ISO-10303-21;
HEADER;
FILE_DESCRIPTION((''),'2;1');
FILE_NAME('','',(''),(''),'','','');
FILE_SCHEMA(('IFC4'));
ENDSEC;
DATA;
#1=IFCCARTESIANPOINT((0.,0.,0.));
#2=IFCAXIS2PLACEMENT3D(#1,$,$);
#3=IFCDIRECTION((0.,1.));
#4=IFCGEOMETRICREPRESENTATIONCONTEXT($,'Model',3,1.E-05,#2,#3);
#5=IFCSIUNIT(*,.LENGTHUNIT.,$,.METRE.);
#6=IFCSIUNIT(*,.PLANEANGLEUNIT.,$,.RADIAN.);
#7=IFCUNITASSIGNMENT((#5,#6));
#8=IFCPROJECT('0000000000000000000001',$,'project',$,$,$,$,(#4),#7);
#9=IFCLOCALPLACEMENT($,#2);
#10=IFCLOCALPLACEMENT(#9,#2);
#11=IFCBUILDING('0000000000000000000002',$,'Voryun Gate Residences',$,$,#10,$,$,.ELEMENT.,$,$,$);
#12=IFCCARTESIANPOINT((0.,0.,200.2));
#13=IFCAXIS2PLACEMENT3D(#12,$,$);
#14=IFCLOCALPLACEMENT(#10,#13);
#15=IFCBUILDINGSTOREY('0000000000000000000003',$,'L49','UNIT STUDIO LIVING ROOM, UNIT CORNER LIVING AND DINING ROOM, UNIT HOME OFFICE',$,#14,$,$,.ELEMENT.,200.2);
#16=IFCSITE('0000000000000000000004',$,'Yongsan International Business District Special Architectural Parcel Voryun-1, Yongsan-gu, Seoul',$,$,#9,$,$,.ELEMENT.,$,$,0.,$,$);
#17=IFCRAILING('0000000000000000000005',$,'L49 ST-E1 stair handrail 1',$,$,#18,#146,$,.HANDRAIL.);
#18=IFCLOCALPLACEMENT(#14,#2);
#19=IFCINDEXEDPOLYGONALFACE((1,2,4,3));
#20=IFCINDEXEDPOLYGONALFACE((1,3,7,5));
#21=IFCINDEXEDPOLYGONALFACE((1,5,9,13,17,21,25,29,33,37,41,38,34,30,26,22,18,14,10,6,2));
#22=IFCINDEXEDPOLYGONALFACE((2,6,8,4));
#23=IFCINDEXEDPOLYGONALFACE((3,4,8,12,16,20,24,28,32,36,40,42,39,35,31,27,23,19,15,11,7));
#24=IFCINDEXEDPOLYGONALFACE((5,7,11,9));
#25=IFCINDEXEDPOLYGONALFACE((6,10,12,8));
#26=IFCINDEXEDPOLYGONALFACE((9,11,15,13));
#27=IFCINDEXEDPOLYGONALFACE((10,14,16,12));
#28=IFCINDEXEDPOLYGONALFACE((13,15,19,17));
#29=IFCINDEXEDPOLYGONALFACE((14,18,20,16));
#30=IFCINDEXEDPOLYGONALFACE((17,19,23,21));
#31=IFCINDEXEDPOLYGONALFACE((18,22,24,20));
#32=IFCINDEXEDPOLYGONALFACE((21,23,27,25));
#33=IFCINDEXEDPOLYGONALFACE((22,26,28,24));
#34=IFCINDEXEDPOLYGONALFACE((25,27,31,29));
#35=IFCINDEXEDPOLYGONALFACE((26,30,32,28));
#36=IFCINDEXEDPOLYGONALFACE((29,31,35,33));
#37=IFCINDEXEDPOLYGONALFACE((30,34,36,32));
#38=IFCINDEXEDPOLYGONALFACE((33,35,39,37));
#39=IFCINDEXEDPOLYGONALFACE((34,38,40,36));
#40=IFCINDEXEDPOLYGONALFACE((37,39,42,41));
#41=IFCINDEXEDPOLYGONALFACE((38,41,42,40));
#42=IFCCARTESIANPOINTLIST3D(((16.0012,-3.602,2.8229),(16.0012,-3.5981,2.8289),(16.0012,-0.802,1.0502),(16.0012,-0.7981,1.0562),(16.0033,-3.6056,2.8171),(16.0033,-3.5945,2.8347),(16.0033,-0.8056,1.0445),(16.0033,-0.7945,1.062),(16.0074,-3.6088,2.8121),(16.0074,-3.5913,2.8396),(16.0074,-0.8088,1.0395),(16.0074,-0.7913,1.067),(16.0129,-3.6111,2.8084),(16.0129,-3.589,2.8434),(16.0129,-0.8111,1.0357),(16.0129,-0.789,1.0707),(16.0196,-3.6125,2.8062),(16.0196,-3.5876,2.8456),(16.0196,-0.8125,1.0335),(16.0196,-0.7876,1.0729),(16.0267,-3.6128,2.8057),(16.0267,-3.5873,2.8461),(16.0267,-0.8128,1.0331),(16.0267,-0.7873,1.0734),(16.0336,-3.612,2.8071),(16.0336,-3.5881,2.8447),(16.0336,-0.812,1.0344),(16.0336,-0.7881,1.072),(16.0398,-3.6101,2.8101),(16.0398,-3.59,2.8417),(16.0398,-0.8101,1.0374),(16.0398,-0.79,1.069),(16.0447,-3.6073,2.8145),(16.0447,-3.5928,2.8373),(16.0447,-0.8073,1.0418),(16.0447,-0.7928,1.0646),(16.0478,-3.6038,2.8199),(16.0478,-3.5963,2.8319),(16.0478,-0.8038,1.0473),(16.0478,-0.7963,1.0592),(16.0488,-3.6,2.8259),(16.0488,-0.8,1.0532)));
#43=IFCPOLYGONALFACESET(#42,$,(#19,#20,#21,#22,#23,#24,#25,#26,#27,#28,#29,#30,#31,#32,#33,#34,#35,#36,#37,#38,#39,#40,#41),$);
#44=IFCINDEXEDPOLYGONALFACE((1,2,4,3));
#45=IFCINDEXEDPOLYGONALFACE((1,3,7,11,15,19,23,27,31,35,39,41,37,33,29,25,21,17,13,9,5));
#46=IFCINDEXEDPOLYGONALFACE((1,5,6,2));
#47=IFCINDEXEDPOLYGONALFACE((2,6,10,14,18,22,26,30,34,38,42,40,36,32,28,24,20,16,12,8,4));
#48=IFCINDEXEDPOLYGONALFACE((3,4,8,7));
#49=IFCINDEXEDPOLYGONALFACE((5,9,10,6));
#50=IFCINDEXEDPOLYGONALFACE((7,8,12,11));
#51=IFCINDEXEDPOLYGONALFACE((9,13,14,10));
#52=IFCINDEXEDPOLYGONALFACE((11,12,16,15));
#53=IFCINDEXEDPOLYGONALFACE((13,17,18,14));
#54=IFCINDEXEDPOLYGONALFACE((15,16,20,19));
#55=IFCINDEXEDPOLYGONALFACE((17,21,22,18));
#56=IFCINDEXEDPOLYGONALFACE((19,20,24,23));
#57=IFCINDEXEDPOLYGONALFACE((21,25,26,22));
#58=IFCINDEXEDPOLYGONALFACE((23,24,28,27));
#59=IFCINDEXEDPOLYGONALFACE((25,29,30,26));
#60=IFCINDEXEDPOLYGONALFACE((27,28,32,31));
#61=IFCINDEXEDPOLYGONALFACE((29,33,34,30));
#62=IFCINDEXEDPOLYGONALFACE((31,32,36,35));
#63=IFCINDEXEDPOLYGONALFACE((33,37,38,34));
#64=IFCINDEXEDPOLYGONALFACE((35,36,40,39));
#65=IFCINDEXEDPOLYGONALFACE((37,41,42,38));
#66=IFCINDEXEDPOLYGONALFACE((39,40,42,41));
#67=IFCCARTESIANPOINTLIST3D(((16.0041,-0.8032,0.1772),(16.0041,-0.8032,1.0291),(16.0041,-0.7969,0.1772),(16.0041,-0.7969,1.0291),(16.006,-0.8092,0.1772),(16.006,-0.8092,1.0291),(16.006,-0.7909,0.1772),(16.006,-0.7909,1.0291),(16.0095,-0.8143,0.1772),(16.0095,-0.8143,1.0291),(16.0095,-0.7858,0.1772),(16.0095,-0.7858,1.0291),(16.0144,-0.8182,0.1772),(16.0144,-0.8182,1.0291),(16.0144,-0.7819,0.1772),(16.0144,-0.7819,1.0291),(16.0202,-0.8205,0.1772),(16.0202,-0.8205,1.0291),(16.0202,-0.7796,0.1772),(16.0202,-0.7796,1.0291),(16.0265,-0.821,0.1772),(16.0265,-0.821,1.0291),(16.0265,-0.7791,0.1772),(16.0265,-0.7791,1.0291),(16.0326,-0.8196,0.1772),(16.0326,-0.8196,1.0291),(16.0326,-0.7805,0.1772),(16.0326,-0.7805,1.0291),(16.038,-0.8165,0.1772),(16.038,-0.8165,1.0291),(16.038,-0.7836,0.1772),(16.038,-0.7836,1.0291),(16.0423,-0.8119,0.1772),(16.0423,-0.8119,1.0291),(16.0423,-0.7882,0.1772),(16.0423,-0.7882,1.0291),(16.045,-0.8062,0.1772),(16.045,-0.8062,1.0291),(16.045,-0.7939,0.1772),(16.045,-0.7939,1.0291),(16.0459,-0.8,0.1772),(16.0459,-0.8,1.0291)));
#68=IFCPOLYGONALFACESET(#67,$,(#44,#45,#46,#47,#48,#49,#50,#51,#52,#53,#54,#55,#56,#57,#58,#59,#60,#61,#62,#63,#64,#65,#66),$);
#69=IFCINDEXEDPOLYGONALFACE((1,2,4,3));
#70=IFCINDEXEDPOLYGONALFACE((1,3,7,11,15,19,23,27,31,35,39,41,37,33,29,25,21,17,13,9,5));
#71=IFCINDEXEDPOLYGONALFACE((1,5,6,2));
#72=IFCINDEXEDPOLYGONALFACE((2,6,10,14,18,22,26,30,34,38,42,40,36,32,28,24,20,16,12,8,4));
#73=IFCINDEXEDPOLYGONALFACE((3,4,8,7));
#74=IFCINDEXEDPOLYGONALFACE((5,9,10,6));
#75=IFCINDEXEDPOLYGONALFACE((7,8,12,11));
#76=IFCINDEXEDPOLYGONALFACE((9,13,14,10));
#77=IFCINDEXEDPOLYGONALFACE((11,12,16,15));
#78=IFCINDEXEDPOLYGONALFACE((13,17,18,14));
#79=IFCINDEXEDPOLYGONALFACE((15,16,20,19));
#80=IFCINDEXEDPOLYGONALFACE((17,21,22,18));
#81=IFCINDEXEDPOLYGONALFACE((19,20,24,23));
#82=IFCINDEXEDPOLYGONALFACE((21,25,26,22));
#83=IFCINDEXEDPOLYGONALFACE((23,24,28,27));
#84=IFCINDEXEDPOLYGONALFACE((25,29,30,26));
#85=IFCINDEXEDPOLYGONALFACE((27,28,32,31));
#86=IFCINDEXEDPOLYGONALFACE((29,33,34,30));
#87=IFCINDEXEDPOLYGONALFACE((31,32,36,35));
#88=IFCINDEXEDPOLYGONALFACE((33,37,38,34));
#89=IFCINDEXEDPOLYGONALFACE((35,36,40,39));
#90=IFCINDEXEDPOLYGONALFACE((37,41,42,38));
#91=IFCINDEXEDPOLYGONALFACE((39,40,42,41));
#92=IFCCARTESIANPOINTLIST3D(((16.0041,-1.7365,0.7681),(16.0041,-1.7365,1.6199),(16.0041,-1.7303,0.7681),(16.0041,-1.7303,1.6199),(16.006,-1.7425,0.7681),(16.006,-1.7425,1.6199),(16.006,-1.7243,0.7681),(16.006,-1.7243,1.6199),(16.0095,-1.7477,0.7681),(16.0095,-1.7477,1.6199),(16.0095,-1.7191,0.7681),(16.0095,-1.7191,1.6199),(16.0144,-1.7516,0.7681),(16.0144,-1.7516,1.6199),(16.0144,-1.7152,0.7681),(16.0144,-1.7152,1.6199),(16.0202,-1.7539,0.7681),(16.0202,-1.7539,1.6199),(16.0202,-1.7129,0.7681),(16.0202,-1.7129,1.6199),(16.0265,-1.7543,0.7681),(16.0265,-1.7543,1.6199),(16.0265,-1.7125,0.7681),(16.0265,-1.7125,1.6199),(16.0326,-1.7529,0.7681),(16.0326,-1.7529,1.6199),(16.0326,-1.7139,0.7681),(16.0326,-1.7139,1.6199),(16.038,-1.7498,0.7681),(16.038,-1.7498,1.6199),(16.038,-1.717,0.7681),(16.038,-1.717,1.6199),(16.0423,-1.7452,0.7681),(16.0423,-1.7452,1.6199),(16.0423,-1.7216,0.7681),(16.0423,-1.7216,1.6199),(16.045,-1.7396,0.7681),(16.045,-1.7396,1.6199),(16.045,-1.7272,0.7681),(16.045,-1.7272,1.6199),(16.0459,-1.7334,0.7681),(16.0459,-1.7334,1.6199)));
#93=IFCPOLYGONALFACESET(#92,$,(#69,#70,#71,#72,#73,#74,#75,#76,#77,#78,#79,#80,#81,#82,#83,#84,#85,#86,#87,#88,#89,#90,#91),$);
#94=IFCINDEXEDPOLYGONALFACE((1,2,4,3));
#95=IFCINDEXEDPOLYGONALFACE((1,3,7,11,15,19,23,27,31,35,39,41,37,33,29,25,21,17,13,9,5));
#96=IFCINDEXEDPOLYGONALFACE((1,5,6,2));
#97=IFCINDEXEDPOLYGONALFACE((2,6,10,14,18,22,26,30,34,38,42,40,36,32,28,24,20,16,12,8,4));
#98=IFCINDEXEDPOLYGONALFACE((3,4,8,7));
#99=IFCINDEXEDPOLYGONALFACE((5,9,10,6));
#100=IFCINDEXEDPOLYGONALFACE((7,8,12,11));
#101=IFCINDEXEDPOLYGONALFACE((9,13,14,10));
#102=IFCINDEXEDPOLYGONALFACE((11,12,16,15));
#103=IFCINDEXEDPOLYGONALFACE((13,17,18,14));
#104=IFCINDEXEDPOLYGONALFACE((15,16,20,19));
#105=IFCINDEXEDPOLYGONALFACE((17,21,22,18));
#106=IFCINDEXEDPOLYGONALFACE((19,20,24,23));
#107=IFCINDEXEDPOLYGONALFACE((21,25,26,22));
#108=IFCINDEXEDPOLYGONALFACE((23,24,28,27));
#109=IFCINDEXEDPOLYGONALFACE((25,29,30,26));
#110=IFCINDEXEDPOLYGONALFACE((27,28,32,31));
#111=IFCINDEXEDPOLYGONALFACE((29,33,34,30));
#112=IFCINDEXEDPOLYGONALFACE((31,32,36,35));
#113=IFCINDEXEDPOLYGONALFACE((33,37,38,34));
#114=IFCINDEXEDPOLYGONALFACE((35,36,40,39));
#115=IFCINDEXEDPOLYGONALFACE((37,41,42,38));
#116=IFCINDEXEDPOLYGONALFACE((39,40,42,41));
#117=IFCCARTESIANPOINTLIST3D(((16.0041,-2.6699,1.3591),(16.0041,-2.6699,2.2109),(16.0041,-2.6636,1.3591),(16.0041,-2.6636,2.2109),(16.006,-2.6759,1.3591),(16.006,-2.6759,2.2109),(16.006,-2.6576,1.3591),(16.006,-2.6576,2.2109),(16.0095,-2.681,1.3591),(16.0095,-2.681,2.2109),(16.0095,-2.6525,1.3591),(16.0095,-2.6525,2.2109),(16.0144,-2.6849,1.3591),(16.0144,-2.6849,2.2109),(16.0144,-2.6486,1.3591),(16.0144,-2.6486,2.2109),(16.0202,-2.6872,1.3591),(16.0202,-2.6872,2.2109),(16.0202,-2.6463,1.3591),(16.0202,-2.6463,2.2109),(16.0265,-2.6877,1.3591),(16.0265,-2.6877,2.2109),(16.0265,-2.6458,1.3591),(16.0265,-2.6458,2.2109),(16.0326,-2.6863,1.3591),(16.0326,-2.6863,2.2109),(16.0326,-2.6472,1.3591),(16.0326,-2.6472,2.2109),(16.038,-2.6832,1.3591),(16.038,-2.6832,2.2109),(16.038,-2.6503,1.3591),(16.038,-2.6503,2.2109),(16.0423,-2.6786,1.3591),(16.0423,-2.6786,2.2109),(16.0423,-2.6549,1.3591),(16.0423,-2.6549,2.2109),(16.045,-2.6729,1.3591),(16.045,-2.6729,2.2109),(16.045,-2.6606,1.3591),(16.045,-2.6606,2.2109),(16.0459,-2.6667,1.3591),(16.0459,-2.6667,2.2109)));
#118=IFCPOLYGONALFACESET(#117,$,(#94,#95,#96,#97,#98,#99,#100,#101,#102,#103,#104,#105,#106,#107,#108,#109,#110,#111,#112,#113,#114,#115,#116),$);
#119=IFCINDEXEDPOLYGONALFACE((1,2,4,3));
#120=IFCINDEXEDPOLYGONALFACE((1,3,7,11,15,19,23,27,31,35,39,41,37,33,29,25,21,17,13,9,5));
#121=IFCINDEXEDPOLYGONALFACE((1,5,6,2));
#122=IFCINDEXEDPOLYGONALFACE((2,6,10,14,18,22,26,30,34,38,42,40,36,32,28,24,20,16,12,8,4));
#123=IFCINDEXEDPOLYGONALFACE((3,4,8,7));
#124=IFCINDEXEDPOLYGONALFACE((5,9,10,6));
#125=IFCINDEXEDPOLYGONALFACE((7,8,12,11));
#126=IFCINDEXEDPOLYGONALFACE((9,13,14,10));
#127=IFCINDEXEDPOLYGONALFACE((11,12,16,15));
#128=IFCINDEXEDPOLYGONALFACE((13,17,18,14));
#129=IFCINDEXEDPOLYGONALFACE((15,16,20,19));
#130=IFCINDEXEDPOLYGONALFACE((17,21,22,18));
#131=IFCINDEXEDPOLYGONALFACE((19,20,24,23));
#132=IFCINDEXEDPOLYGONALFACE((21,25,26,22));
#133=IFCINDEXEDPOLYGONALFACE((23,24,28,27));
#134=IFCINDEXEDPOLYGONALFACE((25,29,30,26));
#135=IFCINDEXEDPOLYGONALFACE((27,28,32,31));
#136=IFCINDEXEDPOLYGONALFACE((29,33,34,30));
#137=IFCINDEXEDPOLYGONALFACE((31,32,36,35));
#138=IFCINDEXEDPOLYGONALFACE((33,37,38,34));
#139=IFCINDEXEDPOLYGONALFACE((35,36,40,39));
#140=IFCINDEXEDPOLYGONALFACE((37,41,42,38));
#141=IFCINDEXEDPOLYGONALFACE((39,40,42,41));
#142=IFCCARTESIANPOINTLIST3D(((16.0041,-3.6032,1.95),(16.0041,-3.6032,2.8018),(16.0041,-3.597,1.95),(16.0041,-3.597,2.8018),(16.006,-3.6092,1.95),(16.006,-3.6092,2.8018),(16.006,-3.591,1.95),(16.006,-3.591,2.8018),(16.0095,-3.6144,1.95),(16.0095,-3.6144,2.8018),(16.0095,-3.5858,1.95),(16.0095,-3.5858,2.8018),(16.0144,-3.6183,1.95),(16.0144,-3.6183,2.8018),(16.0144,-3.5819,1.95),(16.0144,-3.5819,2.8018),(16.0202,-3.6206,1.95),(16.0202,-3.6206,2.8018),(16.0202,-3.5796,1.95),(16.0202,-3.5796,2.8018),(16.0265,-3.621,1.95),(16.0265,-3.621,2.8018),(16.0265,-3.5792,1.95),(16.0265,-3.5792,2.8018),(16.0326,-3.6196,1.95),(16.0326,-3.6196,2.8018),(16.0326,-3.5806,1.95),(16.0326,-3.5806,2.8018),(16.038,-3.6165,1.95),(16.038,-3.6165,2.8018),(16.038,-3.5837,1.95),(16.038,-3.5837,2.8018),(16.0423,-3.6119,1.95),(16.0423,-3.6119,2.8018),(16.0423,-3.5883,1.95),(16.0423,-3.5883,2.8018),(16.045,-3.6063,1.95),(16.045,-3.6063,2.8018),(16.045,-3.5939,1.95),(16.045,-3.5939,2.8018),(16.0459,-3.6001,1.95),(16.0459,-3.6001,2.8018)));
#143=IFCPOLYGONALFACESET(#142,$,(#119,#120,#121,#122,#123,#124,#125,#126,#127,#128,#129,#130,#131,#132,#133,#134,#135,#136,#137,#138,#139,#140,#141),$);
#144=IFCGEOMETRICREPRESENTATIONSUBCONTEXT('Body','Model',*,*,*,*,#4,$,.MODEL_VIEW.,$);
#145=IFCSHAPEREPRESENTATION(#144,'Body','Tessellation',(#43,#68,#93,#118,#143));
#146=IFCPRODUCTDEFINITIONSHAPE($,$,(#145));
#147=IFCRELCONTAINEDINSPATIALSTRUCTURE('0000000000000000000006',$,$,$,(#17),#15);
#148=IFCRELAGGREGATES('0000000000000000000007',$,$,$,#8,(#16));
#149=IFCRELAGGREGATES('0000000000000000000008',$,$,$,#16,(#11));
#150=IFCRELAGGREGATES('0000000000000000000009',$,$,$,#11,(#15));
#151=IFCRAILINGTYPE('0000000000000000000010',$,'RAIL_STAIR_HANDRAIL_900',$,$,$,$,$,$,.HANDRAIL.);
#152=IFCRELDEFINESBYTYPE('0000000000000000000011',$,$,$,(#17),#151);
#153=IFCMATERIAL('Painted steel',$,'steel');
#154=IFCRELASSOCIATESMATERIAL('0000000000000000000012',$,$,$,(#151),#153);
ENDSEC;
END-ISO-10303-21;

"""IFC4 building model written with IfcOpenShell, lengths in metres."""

from ifc_helpers import new_model, si_unit, direction, frame, origin, origin_2d, place, context, subcontext, project, spatial, circle, extrude, material, type_object, element, save


model = new_model("IFC4")

# Units and contexts
model_context = context("Model", 3, precision=1e-05, world=origin(), true_north=direction((0.0, 1.0)))
body_context = subcontext(model_context, "Body", "Model", "MODEL_VIEW")
ifc_project = project(units=[si_unit("LENGTHUNIT", "METRE"), si_unit("PLANEANGLEUNIT", "RADIAN")], contexts=[model_context])

# Site, building, storey
site_placement = place(None, origin())
site = spatial("IfcSite", under=ifc_project, at=site_placement, Name="Yongsan International Business District Special Architectural Parcel Voryun-1, Yongsan-gu, Seoul", CompositionType="ELEMENT", RefElevation=0.0)
building_placement = place(site_placement, origin())
building = spatial("IfcBuilding", under=site, at=building_placement, Name="Voryun Gate Residences", CompositionType="ELEMENT")
storey_placement = place(building_placement, frame((0.0, 0.0, 200.2)))
storey = spatial("IfcBuildingStorey", under=building, at=storey_placement, Name="L49", Description="UNIT STUDIO LIVING ROOM, UNIT CORNER LIVING AND DINING ROOM, UNIT HOME OFFICE", CompositionType="ELEMENT", Elevation=200.2)

# Railing
ifc_material_1 = material(Name="Painted steel", Category="steel")
railing_type_1 = type_object("IfcRailingType", Name="RAIL_STAIR_HANDRAIL_900", PredefinedType="HANDRAIL", material=ifc_material_1)
railing_1_placement = place(storey_placement, frame((16.0249, -0.8, 0.1772)))
element("IfcRailing", 1, at=railing_1_placement, inside=storey, type_object=railing_type_1, Name="L49 ST-E1 stair handrail 1", PredefinedType="HANDRAIL", context=body_context, shape_type="SweptSolid", body=[
    extrude(circle(Radius=0.0239, at=origin_2d()), frame((0.0, 0.0, 0.876), z_axis=(0.0, -0.844909, 0.53491), x_axis=(1.0, 0.0, 0.0)), (0.0, 0.0, 1.0), 3.314),
    extrude(circle(Radius=0.021, at=origin_2d()), origin(), (0.0, 0.0, 1.0), 0.8518),
    extrude(circle(Radius=0.021, at=origin_2d()), frame((0.0, -0.9333, 0.5908)), (0.0, 0.0, 1.0), 0.8518),
    extrude(circle(Radius=0.021, at=origin_2d()), frame((0.0, -1.8667, 1.1819)), (0.0, 0.0, 1.0), 0.8518),
    extrude(circle(Radius=0.021, at=origin_2d()), frame((0.0, -2.8, 1.7727)), (0.0, 0.0, 1.0), 0.8518),
])

save(model, "model.ifc")
